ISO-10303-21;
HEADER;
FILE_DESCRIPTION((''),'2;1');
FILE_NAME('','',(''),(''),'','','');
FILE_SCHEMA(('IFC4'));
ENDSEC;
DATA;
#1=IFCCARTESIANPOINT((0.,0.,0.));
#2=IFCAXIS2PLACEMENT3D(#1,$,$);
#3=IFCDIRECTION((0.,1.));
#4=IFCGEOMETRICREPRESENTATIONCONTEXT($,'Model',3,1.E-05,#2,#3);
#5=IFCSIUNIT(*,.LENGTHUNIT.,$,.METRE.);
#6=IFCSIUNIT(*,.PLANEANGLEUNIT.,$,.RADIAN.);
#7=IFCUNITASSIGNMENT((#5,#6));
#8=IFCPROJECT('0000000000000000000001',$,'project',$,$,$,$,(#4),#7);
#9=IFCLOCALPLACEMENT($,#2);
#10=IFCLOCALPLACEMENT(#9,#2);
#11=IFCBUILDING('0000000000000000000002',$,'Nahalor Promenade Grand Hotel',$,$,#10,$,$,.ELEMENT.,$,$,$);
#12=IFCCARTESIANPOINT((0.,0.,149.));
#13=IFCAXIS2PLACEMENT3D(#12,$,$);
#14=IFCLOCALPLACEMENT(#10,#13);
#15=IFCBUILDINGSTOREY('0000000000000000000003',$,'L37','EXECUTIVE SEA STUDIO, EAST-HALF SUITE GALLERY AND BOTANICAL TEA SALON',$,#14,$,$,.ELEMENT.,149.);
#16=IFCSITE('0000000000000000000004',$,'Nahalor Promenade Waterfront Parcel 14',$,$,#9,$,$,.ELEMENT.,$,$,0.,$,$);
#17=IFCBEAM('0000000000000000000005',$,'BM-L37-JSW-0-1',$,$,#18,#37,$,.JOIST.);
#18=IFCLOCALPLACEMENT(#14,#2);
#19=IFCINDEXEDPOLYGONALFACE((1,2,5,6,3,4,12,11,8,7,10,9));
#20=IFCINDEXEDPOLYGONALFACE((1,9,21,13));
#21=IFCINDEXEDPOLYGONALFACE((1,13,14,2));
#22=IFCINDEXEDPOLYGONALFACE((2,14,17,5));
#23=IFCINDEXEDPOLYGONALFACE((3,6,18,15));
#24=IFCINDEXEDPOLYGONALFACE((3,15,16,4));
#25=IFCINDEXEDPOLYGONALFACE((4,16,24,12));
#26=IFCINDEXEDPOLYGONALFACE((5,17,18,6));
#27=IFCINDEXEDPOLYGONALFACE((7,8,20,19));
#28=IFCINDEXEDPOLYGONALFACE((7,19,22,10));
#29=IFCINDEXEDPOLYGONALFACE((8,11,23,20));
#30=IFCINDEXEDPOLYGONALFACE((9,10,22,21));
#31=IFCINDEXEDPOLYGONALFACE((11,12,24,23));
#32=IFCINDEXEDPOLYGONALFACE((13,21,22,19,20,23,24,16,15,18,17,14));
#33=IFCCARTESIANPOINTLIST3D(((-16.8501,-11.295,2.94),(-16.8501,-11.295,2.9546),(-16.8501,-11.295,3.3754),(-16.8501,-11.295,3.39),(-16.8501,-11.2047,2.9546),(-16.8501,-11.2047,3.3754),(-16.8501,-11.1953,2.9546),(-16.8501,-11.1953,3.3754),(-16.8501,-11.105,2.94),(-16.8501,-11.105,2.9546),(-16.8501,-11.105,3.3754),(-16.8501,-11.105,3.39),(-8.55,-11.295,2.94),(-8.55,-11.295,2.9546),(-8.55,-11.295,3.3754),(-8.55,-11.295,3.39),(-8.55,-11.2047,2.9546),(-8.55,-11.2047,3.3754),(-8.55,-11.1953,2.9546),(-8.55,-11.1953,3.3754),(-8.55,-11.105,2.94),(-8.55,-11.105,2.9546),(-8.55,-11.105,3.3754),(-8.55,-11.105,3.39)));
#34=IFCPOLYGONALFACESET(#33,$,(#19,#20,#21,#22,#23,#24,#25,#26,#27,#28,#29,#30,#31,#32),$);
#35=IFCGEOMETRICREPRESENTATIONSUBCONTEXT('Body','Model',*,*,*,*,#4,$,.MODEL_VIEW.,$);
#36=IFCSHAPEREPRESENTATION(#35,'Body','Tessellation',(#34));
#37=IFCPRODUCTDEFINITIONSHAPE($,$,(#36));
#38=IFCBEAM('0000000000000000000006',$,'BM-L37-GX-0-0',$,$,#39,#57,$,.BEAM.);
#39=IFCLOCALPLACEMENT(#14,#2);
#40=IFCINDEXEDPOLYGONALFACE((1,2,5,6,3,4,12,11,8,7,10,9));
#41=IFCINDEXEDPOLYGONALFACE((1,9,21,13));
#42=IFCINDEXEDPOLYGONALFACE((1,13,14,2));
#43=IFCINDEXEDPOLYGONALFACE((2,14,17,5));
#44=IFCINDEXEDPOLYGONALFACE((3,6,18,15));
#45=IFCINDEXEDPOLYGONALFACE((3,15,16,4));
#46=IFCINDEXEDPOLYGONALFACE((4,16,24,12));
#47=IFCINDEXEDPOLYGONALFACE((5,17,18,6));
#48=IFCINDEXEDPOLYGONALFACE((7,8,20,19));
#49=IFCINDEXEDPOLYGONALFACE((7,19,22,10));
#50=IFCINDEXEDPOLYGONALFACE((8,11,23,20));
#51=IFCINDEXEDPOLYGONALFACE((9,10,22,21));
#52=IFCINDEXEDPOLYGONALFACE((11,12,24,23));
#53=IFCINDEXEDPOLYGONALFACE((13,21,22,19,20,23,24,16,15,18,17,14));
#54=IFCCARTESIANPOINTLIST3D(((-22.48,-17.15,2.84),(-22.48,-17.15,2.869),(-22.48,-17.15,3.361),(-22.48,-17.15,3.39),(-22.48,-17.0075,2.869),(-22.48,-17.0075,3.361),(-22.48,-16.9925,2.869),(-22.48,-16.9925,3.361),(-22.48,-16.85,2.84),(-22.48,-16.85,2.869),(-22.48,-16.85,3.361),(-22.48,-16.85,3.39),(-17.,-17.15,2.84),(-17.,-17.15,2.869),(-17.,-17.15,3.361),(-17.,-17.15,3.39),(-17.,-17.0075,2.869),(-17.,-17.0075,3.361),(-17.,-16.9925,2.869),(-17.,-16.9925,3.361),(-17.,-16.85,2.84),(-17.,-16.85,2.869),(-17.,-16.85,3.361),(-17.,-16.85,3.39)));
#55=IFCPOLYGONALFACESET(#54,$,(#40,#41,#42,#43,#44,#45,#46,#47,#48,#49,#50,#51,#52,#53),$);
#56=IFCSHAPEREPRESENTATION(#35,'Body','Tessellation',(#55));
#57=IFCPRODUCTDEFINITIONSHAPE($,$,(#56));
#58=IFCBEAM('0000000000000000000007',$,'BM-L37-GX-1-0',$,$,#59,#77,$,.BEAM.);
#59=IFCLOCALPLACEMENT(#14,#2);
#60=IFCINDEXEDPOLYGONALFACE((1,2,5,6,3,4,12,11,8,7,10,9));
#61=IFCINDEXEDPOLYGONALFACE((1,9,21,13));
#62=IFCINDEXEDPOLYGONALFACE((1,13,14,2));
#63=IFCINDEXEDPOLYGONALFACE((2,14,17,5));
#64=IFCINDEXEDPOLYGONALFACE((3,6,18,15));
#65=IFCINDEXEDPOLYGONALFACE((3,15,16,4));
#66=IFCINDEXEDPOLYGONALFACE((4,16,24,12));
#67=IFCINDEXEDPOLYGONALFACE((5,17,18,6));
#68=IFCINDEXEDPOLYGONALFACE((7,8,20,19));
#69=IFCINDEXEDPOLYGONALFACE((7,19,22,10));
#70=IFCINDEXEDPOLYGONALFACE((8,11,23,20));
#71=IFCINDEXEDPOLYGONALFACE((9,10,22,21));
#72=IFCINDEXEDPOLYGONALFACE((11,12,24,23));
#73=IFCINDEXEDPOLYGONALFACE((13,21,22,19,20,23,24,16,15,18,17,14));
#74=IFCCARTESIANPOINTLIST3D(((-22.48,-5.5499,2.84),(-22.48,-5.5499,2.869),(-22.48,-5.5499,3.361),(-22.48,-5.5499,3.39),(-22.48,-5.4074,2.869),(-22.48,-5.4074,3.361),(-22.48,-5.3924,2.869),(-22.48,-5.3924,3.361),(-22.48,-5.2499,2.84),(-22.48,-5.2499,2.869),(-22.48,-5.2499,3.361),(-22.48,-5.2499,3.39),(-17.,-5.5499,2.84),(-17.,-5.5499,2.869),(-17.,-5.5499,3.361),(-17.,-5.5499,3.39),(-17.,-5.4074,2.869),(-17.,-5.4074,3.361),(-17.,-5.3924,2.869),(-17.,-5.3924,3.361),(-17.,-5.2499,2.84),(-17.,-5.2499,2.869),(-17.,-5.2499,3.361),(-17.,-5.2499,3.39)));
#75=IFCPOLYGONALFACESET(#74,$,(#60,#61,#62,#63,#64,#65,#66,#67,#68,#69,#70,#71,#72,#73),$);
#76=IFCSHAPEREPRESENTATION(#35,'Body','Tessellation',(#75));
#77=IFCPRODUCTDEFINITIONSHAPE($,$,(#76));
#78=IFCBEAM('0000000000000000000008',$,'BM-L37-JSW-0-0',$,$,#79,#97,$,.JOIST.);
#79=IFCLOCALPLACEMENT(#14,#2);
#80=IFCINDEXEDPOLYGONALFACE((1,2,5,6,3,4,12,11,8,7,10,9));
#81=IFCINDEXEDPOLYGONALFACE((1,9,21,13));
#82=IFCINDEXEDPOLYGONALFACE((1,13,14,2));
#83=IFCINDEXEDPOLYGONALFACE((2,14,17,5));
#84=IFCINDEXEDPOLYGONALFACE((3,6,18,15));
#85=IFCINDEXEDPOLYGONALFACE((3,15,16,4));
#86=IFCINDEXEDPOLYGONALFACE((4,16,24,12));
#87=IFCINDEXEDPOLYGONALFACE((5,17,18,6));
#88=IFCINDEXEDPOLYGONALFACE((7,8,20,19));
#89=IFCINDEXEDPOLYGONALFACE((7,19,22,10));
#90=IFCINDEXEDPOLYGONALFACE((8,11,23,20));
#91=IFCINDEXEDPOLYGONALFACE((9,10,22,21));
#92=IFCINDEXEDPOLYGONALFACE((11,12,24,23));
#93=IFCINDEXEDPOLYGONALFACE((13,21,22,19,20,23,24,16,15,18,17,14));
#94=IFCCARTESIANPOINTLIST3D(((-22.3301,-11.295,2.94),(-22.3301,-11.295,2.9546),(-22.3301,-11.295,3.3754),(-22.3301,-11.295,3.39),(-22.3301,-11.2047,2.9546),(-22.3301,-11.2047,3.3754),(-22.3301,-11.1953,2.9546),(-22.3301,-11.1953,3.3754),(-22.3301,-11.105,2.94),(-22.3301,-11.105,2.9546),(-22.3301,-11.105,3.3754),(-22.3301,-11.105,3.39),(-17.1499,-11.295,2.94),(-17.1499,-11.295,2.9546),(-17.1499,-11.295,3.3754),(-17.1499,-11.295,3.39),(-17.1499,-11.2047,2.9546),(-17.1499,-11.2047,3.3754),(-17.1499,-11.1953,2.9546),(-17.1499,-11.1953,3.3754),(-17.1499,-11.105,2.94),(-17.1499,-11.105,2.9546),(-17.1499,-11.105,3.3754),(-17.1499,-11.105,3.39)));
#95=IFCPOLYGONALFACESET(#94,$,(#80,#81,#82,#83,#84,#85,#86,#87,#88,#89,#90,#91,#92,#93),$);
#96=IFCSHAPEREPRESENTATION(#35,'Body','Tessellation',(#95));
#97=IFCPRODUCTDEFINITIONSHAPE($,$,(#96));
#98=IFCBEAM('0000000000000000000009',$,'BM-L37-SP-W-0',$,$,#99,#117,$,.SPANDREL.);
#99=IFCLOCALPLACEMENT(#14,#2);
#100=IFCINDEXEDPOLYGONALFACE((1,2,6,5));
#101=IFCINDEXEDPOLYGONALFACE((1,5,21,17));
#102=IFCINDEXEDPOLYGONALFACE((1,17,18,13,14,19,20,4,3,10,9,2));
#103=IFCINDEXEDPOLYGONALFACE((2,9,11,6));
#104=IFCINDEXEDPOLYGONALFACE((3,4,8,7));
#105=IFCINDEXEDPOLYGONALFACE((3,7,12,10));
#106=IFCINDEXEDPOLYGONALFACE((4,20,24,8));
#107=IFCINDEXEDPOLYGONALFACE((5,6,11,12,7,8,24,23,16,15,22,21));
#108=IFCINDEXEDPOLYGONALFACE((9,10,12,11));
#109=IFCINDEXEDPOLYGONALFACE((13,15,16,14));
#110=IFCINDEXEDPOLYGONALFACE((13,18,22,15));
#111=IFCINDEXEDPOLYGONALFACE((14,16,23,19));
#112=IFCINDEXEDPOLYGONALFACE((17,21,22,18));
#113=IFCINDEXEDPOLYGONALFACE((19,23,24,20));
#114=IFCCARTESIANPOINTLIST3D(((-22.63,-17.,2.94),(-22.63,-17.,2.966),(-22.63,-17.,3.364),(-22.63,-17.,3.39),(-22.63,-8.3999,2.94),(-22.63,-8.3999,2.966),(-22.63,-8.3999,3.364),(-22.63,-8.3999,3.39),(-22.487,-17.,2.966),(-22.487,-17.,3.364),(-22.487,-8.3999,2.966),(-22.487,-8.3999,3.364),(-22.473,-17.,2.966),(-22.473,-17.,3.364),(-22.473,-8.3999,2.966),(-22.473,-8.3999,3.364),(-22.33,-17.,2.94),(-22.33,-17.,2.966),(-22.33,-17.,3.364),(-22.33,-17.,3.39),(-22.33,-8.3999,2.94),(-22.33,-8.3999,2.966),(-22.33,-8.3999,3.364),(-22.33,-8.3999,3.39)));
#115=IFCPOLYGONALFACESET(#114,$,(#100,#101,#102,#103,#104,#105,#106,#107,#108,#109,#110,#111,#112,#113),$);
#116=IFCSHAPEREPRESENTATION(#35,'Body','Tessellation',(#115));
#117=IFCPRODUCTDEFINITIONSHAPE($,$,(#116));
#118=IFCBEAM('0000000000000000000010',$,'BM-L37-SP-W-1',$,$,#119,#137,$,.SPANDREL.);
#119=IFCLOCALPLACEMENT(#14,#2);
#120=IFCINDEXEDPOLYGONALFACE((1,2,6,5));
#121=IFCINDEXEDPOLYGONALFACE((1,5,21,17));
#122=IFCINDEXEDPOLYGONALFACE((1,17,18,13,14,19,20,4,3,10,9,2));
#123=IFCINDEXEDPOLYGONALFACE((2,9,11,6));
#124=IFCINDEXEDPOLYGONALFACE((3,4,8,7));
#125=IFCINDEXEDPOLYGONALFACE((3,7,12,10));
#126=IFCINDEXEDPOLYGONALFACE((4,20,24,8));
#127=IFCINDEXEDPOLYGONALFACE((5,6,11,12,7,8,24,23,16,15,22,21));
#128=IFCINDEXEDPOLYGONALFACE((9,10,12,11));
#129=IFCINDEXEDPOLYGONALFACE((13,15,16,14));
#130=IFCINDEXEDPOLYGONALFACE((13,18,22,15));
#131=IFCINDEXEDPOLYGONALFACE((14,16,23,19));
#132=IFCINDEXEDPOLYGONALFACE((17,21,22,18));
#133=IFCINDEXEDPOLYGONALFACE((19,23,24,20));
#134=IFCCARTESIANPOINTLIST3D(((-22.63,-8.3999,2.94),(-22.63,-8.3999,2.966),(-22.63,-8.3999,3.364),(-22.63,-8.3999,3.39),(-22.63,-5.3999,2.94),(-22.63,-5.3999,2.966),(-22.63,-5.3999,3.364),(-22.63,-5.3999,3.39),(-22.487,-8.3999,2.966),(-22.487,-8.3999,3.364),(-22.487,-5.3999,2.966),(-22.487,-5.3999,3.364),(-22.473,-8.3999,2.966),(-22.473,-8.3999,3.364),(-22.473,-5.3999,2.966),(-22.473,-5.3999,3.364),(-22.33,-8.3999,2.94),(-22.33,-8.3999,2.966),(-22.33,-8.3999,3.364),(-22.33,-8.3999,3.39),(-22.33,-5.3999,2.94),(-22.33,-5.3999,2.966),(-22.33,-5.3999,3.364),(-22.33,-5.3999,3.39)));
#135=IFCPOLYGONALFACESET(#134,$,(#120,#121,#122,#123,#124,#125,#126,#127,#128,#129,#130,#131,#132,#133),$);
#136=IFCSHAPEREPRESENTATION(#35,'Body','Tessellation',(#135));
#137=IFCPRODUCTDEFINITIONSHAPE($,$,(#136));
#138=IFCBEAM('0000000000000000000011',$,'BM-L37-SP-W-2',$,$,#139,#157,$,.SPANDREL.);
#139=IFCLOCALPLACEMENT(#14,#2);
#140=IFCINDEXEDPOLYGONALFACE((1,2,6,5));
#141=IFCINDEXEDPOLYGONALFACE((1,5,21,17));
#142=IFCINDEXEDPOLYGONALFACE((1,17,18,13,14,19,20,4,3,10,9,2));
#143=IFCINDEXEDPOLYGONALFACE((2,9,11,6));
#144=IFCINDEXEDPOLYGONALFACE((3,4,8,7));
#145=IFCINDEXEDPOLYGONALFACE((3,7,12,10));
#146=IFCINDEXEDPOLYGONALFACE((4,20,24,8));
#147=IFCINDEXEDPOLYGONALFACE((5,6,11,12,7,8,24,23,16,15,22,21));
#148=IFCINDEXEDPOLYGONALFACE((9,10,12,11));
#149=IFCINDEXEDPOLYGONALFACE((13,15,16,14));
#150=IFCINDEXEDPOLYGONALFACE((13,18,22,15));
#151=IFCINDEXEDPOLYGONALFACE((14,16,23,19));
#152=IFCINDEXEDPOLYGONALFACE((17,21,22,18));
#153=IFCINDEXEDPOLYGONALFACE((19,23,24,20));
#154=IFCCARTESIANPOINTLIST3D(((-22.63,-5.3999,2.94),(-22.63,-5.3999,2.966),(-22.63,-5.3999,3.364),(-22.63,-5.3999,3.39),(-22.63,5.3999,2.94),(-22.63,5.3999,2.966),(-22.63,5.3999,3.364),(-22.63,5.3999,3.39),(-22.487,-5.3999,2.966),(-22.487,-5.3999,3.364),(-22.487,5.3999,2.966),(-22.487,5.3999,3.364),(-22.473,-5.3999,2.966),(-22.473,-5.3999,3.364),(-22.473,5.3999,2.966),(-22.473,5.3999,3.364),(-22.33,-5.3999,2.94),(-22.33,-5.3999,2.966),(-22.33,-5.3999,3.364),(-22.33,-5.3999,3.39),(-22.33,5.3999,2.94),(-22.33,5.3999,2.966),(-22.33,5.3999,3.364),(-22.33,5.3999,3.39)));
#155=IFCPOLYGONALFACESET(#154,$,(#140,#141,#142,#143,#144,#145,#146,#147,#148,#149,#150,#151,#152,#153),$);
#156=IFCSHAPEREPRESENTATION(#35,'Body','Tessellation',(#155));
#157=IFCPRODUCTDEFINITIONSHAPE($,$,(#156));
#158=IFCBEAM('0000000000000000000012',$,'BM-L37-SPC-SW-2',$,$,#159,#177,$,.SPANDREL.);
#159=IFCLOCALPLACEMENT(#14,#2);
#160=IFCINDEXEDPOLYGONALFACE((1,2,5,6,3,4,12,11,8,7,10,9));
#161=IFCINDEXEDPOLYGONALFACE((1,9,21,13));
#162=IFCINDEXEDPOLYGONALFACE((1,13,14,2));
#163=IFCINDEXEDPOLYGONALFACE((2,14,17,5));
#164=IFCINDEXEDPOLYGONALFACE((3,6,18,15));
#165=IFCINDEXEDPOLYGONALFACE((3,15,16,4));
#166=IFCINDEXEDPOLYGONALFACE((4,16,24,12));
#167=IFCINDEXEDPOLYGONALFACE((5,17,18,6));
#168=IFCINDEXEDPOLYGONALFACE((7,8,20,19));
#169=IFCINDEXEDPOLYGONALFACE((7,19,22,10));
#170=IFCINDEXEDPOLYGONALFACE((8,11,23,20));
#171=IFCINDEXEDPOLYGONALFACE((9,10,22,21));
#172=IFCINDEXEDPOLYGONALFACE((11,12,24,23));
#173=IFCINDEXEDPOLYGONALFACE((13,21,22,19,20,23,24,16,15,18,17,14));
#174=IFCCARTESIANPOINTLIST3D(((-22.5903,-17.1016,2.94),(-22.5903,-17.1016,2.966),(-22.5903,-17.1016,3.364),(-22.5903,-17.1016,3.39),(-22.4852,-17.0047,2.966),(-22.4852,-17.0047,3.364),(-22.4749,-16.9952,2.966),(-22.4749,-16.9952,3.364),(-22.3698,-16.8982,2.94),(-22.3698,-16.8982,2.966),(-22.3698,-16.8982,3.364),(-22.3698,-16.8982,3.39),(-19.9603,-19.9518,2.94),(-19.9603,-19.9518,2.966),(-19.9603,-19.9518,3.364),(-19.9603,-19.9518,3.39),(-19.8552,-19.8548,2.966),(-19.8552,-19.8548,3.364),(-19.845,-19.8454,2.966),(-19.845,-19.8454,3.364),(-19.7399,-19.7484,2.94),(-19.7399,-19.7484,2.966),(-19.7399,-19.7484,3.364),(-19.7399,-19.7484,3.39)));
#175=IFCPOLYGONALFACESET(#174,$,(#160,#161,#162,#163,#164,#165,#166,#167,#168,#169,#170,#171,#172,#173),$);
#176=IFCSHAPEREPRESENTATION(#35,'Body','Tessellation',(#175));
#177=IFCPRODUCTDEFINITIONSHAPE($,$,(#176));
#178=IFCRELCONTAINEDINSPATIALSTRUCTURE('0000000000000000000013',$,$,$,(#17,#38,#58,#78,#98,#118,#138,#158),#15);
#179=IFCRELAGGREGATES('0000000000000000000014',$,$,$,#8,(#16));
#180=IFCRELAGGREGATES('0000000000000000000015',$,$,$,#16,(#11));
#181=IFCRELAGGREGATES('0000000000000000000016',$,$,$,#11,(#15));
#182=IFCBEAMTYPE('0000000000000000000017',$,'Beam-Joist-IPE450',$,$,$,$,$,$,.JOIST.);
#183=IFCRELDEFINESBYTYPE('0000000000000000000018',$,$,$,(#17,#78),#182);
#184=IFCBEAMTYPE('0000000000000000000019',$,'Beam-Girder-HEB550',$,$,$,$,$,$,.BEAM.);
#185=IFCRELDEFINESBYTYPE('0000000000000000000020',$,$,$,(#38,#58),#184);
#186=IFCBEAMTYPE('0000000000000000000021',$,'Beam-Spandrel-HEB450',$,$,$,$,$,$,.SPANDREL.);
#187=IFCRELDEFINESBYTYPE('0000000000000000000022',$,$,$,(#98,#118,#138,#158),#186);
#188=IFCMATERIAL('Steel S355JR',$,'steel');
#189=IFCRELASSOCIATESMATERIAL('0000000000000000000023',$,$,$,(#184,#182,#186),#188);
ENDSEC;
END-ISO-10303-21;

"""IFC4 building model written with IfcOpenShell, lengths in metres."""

from ifc_helpers import new_model, si_unit, direction, frame, origin, origin_2d, place, context, subcontext, project, spatial, i_section, extrude, source, transform, mapped, material, material_profile, profile_set, type_object, element, save


model = new_model("IFC4")

# Units and contexts
model_context = context("Model", 3, precision=1e-05, world=origin(), true_north=direction((0.0, 1.0)))
body_context = subcontext(model_context, "Body", "Model", "MODEL_VIEW")
ifc_project = project(units=[si_unit("LENGTHUNIT", "METRE"), si_unit("PLANEANGLEUNIT", "RADIAN")], contexts=[model_context])

# Site, building, storey
site_placement = place(None, origin())
site = spatial("IfcSite", under=ifc_project, at=site_placement, Name="Nahalor Promenade Waterfront Parcel 14", CompositionType="ELEMENT", RefElevation=0.0)
building_placement = place(site_placement, origin())
building = spatial("IfcBuilding", under=site, at=building_placement, Name="Nahalor Promenade Grand Hotel", CompositionType="ELEMENT")
storey_placement = place(building_placement, frame((0.0, 0.0, 149.0)))
storey = spatial("IfcBuildingStorey", under=building, at=storey_placement, Name="L37", Description="EXECUTIVE SEA STUDIO, EAST-HALF SUITE GALLERY AND BOTANICAL TEA SALON", CompositionType="ELEMENT", Elevation=149.0)

# Beams
ifc_material_1 = material(Name="Steel S355JR", Category="steel")
ifc_material_profile_1 = material_profile(ifc_material_1, i_section(OverallWidth=0.3, OverallDepth=0.55, WebThickness=0.015, FlangeThickness=0.029, at=origin_2d()), Name="HEB 550")
ifc_profile_set_1 = profile_set([ifc_material_profile_1], Name="Steel S355JR")
beam_type_1 = type_object("IfcBeamType", Name="Beam-Girder-HEB550", PredefinedType="BEAM", material=ifc_profile_set_1)
ifc_material_profile_2 = material_profile(ifc_material_1, i_section(OverallWidth=0.19, OverallDepth=0.45, WebThickness=0.0094, FlangeThickness=0.0146, at=origin_2d()), Name="IPE 450")
ifc_profile_set_2 = profile_set([ifc_material_profile_2], Name="Steel S355JR")
beam_type_2 = type_object("IfcBeamType", Name="Beam-Joist-IPE450", PredefinedType="JOIST", material=ifc_profile_set_2)
shared_shape_1 = source(origin(), body_context, "Body", "SweptSolid", [
    extrude(i_section(OverallWidth=0.19, OverallDepth=0.45, WebThickness=0.0094, FlangeThickness=0.0146, at=origin_2d()), origin(), (0.0, 0.0, 1.0), 8.3),
])
beam_1_placement = place(storey_placement, frame((-16.8501, -11.2, 3.165), z_axis=(1.0, 0.0, 0.0), x_axis=(0.0, 1.0, 0.0)))
element("IfcBeam", 1, at=beam_1_placement, inside=storey, type_object=beam_type_2, Name="BM-L37-JSW-0-1", PredefinedType="JOIST", context=body_context, shape_type="MappedRepresentation", body=[
    mapped(shared_shape_1, transform((0.0, 0.0, 0.0), scale=1.0)),
])
shared_shape_2 = source(origin(), body_context, "Body", "SweptSolid", [
    extrude(i_section(OverallWidth=0.3, OverallDepth=0.55, WebThickness=0.015, FlangeThickness=0.029, at=origin_2d()), origin(), (0.0, 0.0, 1.0), 5.48),
])
for number, where, z_axis, x_axis, name in (
    (2, (-22.48, -17.0, 3.115), (1.0, 0.0, 0.0), (0.0, 1.0, 0.0), "BM-L37-GX-0-0"),
    (3, (-22.48, -5.3999, 3.115), (1.0, 0.0, 0.0), (0.0, 1.0, 0.0), "BM-L37-GX-1-0"),
):
    element("IfcBeam", number, at=place(storey_placement, frame(where, z_axis=z_axis, x_axis=x_axis)), inside=storey, type_object=beam_type_1, Name=name, PredefinedType="BEAM", context=body_context, shape_type="MappedRepresentation", body=[
        mapped(shared_shape_2, transform((0.0, 0.0, 0.0), scale=1.0)),
    ])
shared_shape_3 = source(origin(), body_context, "Body", "SweptSolid", [
    extrude(i_section(OverallWidth=0.19, OverallDepth=0.45, WebThickness=0.0094, FlangeThickness=0.0146, at=origin_2d()), origin(), (0.0, 0.0, 1.0), 5.1802),
])
beam_2_placement = place(storey_placement, frame((-22.3301, -11.2, 3.165), z_axis=(1.0, 0.0, 0.0), x_axis=(0.0, 1.0, 0.0)))
element("IfcBeam", 4, at=beam_2_placement, inside=storey, type_object=beam_type_2, Name="BM-L37-JSW-0-0", PredefinedType="JOIST", context=body_context, shape_type="MappedRepresentation", body=[
    mapped(shared_shape_3, transform((0.0, 0.0, 0.0), scale=1.0)),
])
ifc_material_profile_3 = material_profile(ifc_material_1, i_section(OverallWidth=0.3, OverallDepth=0.45, WebThickness=0.014, FlangeThickness=0.026, at=origin_2d()), Name="HEB 450")
ifc_profile_set_3 = profile_set([ifc_material_profile_3], Name="Steel S355JR")
beam_type_3 = type_object("IfcBeamType", Name="Beam-Spandrel-HEB450", PredefinedType="SPANDREL", material=ifc_profile_set_3)
shared_shape_4 = source(origin(), body_context, "Body", "SweptSolid", [
    extrude(i_section(OverallWidth=0.3, OverallDepth=0.45, WebThickness=0.014, FlangeThickness=0.026, at=origin_2d()), origin(), (0.0, 0.0, 1.0), 8.6001),
])
beam_3_placement = place(storey_placement, frame((-22.48, -17.0, 3.165), z_axis=(0.0, 1.0, 0.0), x_axis=(-1.0, 0.0, 0.0)))
element("IfcBeam", 5, at=beam_3_placement, inside=storey, type_object=beam_type_3, Name="BM-L37-SP-W-0", PredefinedType="SPANDREL", context=body_context, shape_type="MappedRepresentation", body=[
    mapped(shared_shape_4, transform((0.0, 0.0, 0.0), scale=1.0)),
])
shared_shape_5 = source(origin(), body_context, "Body", "SweptSolid", [
    extrude(i_section(OverallWidth=0.3, OverallDepth=0.45, WebThickness=0.014, FlangeThickness=0.026, at=origin_2d()), origin(), (0.0, 0.0, 1.0), 3.0),
])
beam_4_placement = place(storey_placement, frame((-22.48, -8.3999, 3.165), z_axis=(0.0, 1.0, 0.0), x_axis=(-1.0, 0.0, 0.0)))
element("IfcBeam", 6, at=beam_4_placement, inside=storey, type_object=beam_type_3, Name="BM-L37-SP-W-1", PredefinedType="SPANDREL", context=body_context, shape_type="MappedRepresentation", body=[
    mapped(shared_shape_5, transform((0.0, 0.0, 0.0), scale=1.0)),
])
shared_shape_6 = source(origin(), body_context, "Body", "SweptSolid", [
    extrude(i_section(OverallWidth=0.3, OverallDepth=0.45, WebThickness=0.014, FlangeThickness=0.026, at=origin_2d()), origin(), (0.0, 0.0, 1.0), 10.7998),
])
beam_5_placement = place(storey_placement, frame((-22.48, -5.3999, 3.165), z_axis=(0.0, 1.0, 0.0), x_axis=(-1.0, 0.0, 0.0)))
element("IfcBeam", 7, at=beam_5_placement, inside=storey, type_object=beam_type_3, Name="BM-L37-SP-W-2", PredefinedType="SPANDREL", context=body_context, shape_type="MappedRepresentation", body=[
    mapped(shared_shape_6, transform((0.0, 0.0, 0.0), scale=1.0)),
])
shared_shape_7 = source(origin(), body_context, "Body", "SweptSolid", [
    extrude(i_section(OverallWidth=0.3, OverallDepth=0.45, WebThickness=0.014, FlangeThickness=0.026, at=origin_2d()), origin(), (0.0, 0.0, 1.0), 3.8782),
])
beam_6_placement = place(storey_placement, frame((-19.8501, -19.8501, 3.165), z_axis=(-0.678144, 0.734929, 0.0), x_axis=(-0.734929, -0.678144, 0.0)))
element("IfcBeam", 8, at=beam_6_placement, inside=storey, type_object=beam_type_3, Name="BM-L37-SPC-SW-2", PredefinedType="SPANDREL", context=body_context, shape_type="MappedRepresentation", body=[
    mapped(shared_shape_7, transform((0.0, 0.0, 0.0), scale=1.0)),
])

save(model, "model.ifc")
